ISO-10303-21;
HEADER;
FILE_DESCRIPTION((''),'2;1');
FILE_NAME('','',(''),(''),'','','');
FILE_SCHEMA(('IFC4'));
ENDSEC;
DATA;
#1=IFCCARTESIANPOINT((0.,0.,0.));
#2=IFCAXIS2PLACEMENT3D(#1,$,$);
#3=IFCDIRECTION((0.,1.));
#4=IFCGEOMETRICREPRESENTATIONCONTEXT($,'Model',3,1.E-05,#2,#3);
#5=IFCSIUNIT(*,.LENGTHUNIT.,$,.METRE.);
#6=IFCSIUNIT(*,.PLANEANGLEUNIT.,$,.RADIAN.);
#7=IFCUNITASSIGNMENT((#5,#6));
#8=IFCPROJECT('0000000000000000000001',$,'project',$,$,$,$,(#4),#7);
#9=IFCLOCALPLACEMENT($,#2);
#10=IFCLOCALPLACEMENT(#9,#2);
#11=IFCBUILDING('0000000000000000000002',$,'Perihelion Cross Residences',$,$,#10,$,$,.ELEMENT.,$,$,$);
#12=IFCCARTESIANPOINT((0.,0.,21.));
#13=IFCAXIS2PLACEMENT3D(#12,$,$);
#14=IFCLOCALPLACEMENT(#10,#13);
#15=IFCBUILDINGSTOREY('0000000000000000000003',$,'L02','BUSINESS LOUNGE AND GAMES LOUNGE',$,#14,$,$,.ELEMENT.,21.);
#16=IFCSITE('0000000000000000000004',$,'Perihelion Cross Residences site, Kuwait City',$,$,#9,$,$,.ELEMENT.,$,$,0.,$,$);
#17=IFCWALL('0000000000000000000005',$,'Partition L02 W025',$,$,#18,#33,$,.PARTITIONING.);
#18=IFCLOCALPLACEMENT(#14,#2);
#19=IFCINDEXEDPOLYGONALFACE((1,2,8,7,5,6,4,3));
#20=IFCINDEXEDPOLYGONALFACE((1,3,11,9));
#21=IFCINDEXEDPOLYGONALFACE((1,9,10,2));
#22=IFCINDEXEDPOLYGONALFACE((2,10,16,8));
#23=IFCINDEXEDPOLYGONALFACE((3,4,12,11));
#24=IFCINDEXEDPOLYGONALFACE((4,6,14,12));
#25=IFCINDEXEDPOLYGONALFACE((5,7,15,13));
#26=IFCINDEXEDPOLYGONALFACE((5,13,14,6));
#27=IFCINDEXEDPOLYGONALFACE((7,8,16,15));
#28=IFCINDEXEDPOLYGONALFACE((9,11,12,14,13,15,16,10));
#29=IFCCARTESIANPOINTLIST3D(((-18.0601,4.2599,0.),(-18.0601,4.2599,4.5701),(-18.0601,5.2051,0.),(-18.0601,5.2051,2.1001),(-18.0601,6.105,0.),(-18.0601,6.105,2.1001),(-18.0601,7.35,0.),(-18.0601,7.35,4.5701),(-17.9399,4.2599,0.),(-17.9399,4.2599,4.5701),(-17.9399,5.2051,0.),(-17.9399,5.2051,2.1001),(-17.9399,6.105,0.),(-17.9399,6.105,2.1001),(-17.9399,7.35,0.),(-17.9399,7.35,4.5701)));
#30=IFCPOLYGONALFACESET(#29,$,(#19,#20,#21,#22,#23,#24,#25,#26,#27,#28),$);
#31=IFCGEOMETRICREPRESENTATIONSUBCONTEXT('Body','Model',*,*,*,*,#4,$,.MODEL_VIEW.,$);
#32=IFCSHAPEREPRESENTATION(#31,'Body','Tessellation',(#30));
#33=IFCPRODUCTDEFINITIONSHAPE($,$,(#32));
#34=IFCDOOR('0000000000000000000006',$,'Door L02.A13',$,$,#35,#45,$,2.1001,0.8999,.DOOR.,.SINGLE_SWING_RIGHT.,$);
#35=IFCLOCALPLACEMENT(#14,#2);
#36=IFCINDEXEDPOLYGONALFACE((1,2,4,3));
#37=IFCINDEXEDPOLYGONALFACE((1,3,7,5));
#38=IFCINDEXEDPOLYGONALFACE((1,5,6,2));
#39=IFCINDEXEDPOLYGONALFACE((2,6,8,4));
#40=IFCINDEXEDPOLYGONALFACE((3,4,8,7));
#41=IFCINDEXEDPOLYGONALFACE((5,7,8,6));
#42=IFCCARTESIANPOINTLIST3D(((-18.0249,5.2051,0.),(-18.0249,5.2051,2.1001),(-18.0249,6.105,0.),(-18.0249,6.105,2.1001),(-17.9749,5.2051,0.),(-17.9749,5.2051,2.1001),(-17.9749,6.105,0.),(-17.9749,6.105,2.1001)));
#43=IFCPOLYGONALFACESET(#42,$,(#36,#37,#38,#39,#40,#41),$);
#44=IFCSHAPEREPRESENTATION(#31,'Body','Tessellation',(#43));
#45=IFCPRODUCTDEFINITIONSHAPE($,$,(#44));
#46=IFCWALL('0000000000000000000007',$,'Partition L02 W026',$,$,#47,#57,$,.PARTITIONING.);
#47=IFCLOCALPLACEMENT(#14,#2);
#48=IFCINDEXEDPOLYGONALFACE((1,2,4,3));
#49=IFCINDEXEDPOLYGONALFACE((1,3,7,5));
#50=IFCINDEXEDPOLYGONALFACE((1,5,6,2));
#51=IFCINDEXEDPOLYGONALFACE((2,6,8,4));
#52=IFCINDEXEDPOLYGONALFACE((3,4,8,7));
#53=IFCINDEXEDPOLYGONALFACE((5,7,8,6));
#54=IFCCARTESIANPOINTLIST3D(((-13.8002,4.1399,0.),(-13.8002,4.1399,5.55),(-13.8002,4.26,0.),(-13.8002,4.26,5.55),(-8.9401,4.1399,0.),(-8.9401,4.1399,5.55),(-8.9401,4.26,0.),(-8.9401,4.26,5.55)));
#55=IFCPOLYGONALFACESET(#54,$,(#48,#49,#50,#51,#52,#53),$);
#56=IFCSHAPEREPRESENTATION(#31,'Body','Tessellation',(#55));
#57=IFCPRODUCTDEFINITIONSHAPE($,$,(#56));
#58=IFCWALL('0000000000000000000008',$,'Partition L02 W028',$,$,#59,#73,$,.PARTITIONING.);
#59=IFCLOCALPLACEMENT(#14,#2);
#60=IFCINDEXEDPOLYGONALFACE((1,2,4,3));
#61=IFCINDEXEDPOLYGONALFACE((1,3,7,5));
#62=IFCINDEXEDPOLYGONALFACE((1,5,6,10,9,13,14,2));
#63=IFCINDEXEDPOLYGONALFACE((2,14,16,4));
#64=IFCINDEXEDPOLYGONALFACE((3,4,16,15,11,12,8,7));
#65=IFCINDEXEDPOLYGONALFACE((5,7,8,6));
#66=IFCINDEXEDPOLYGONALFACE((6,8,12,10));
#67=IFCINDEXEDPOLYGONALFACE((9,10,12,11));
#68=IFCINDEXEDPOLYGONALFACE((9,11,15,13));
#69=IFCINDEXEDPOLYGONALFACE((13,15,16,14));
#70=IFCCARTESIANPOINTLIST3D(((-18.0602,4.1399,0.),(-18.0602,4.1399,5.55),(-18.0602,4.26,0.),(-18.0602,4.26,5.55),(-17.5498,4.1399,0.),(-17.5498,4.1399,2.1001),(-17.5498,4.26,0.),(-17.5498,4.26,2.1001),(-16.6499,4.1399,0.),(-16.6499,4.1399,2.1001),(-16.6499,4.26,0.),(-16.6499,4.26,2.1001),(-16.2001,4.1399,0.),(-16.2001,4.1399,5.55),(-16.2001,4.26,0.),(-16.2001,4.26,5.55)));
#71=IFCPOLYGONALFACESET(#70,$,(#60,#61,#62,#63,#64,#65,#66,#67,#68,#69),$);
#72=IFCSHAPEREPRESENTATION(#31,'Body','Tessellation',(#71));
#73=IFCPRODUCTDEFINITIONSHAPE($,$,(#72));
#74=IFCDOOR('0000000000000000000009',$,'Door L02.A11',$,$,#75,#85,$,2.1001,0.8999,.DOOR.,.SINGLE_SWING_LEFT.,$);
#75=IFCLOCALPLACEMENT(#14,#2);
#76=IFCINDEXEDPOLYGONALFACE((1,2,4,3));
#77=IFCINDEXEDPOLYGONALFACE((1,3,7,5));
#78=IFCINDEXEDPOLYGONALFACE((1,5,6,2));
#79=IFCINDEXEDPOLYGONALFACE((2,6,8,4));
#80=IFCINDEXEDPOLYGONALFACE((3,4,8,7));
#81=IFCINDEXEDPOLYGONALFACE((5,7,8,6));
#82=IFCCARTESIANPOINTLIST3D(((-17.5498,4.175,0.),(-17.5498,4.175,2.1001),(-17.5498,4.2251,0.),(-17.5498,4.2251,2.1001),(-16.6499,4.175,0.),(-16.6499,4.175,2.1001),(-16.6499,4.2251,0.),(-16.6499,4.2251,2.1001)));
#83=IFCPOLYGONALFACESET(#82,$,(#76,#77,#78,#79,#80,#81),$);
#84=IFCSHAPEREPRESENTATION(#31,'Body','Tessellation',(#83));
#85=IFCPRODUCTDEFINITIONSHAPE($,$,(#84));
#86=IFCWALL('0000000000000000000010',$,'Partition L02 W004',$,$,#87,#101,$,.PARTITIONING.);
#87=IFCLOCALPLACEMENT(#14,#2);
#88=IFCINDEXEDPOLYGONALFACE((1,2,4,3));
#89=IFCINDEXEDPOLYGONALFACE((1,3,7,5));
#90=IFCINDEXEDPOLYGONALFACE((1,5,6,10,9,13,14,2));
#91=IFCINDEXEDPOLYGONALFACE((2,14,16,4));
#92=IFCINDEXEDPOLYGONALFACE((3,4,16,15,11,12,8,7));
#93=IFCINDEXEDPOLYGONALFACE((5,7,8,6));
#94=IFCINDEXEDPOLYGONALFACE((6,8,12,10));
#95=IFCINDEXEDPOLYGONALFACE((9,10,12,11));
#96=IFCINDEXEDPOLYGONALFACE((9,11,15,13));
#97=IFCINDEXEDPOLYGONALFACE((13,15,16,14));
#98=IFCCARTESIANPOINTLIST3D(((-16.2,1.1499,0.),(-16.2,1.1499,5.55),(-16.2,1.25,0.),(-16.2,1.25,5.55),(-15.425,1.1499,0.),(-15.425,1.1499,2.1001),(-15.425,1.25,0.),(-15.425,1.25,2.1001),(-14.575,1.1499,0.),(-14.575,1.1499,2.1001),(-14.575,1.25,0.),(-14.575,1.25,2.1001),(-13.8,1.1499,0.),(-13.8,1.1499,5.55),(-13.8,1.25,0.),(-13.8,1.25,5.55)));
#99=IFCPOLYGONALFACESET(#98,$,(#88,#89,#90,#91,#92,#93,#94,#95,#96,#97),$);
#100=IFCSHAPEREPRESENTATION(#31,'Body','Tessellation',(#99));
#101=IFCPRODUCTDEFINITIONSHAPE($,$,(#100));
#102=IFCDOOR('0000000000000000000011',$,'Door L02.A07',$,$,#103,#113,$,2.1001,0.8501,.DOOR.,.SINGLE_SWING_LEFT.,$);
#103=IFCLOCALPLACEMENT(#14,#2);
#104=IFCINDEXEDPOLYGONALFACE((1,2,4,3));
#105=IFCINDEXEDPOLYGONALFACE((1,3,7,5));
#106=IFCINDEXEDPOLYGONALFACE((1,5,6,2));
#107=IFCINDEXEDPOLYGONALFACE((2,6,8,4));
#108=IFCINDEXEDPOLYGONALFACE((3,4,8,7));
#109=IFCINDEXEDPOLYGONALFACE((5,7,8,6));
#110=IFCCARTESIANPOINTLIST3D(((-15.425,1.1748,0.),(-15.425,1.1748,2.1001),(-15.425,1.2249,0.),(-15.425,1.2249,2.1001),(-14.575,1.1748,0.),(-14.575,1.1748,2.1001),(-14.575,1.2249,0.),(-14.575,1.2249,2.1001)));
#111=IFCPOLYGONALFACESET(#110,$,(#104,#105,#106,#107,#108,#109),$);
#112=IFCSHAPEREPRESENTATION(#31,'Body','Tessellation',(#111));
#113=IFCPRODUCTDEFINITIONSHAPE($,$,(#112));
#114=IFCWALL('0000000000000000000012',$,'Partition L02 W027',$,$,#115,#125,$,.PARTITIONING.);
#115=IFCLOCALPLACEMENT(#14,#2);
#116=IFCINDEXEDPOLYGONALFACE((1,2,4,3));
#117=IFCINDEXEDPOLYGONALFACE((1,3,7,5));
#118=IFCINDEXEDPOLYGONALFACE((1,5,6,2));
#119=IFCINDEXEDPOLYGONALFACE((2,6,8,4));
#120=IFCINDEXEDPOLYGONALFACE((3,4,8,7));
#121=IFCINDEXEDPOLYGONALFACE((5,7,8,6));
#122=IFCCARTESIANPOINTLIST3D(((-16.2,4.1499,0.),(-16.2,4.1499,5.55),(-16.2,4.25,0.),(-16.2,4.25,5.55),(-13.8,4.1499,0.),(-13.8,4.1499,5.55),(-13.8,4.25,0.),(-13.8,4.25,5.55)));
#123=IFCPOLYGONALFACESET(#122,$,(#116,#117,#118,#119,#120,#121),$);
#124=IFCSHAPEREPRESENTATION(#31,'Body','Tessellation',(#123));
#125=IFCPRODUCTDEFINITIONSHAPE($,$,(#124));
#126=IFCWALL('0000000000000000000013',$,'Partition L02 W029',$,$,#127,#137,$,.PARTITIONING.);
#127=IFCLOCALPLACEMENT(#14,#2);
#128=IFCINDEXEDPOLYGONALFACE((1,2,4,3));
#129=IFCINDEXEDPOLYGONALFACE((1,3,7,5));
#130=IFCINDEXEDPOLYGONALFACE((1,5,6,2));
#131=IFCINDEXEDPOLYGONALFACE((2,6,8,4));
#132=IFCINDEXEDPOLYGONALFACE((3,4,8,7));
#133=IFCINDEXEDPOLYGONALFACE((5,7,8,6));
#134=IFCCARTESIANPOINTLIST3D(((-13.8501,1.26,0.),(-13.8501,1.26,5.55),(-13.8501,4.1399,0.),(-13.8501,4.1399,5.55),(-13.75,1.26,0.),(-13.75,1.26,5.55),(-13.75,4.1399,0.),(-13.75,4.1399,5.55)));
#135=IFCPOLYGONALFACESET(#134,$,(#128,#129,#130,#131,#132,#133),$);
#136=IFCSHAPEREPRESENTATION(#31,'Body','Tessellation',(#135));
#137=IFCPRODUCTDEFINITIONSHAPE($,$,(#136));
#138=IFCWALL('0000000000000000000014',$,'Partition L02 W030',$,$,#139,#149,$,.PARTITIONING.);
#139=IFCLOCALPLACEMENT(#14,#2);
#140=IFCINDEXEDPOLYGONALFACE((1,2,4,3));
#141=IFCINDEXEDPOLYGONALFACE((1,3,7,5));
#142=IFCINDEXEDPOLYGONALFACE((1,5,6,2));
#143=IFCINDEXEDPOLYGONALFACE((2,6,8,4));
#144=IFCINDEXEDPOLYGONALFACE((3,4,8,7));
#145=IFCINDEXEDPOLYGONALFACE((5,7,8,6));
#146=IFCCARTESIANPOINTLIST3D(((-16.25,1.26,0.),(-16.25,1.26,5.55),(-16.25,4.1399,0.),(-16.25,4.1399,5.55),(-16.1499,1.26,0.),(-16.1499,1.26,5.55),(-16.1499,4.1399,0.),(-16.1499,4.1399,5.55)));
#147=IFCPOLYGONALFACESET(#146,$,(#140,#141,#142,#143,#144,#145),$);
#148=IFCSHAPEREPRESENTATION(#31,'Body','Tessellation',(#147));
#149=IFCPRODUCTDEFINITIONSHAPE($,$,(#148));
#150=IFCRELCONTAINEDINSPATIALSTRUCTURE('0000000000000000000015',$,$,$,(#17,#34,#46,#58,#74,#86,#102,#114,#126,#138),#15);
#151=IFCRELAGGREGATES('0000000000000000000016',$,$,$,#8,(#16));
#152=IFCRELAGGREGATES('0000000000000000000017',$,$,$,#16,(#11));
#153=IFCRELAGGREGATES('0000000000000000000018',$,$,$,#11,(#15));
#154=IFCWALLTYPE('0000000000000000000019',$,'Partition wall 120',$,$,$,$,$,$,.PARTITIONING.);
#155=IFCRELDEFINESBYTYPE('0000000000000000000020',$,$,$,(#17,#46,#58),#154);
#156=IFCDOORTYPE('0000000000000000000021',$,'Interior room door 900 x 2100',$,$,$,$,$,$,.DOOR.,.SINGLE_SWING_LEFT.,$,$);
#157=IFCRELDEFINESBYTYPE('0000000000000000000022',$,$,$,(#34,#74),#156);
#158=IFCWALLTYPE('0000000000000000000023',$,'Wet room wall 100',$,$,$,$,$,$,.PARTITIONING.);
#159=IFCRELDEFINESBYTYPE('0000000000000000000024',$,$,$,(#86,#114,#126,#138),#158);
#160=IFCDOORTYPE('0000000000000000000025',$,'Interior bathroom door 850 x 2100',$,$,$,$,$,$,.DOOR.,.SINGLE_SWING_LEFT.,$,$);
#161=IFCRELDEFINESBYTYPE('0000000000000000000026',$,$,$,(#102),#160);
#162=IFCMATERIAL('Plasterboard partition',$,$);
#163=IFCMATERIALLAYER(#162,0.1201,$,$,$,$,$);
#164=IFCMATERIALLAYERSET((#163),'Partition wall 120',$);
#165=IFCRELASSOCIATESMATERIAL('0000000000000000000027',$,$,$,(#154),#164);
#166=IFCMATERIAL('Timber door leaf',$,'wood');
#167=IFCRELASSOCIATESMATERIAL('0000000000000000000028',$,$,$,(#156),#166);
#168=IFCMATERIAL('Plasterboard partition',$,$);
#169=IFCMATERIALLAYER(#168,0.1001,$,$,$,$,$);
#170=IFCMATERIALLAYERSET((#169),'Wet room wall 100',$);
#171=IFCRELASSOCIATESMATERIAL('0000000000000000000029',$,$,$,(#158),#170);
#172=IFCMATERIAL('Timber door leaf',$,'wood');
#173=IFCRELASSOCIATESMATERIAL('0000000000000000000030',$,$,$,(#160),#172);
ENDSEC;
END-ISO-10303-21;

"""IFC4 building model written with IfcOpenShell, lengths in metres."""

from ifc_helpers import new_model, si_unit, direction, frame, frame_2d, origin, place, context, subcontext, project, spatial, rectangle, extrude, material, layer, layer_set, type_object, element, fill, save


model = new_model("IFC4")

# Units and contexts
model_context = context("Model", 3, precision=1e-05, world=origin(), true_north=direction((0.0, 1.0)))
body_context = subcontext(model_context, "Body", "Model", "MODEL_VIEW")
ifc_project = project(units=[si_unit("LENGTHUNIT", "METRE"), si_unit("PLANEANGLEUNIT", "RADIAN")], contexts=[model_context])

# Site, building, storey
site_placement = place(None, origin())
site = spatial("IfcSite", under=ifc_project, at=site_placement, Name="Perihelion Cross Residences site, Kuwait City", CompositionType="ELEMENT", RefElevation=0.0)
building_placement = place(site_placement, origin())
building = spatial("IfcBuilding", under=site, at=building_placement, Name="Perihelion Cross Residences", CompositionType="ELEMENT")
storey_placement = place(building_placement, frame((0.0, 0.0, 21.0)))
storey = spatial("IfcBuildingStorey", under=building, at=storey_placement, Name="L02", Description="BUSINESS LOUNGE AND GAMES LOUNGE", CompositionType="ELEMENT", Elevation=21.0)

# Shared definitions
ifc_material_1 = material(Name="Plasterboard partition")
ifc_layer_1 = layer(ifc_material_1, 0.1201)
ifc_layer_set_1 = layer_set([ifc_layer_1], Name="Partition wall 120")
wall_type_1 = type_object("IfcWallType", Name="Partition wall 120", PredefinedType="PARTITIONING", material=ifc_layer_set_1)
ifc_material_2 = material(Name="Timber door leaf", Category="wood")
door_type_1 = type_object("IfcDoorType", Name="Interior room door 900 x 2100", OperationType="SINGLE_SWING_LEFT", PredefinedType="DOOR", material=ifc_material_2)

# Wall, opening, door
wall_1_placement = place(storey_placement, frame((-18.0, 4.26, 0.0), z_axis=(0.0, 0.0, 1.0), x_axis=(0.0, 1.0, 0.0)))
wall_1 = element("IfcWall", 1, at=wall_1_placement, inside=storey, type_object=wall_type_1, Name="Partition L02 W025", PredefinedType="PARTITIONING", context=body_context, shape_type="SweptSolid", body=[
    extrude(rectangle(XDim=3.0901, YDim=0.1201, at=frame_2d((1.5449, 0.0))), origin(), (0.0, 0.0, 1.0), 4.5701),
])
opening_1_placement = place(wall_1_placement, frame((0.9451, 0.0, 0.0)))
opening_1 = element("IfcOpeningElement", 2, at=opening_1_placement, cuts=wall_1, PredefinedType="OPENING", context=body_context, shape_type="SweptSolid", body=[
    extrude(rectangle(XDim=0.8999, YDim=2.1001, at=frame_2d((0.45, 1.05))), frame((0.0, 0.0701, 0.0), z_axis=(0.0, -1.0, 0.0), x_axis=(1.0, 0.0, 0.0)), (0.0, 0.0, 1.0), 0.1401),
])
door_1_placement = place(opening_1_placement, origin())
door_1 = element("IfcDoor", 3, at=door_1_placement, inside=storey, type_object=door_type_1, Name="Door L02.A13", OperationType="SINGLE_SWING_RIGHT", OverallHeight=2.1001, OverallWidth=0.8999, PredefinedType="DOOR", context=body_context, shape_type="SweptSolid", body=[
    extrude(rectangle(XDim=0.8999, YDim=2.1001, at=frame_2d((0.45, 1.05))), frame((0.0, 0.0249, 0.0), z_axis=(0.0, -1.0, 0.0), x_axis=(1.0, 0.0, 0.0)), (0.0, 0.0, 1.0), 0.05),
])
fill(opening_1, door_1)

# Wall
wall_2_placement = place(storey_placement, frame((-8.9399, 4.2, 0.0), z_axis=(0.0, 0.0, 1.0), x_axis=(-1.0, 0.0, 0.0)))
element("IfcWall", 4, at=wall_2_placement, inside=storey, type_object=wall_type_1, Name="Partition L02 W026", PredefinedType="PARTITIONING", context=body_context, shape_type="SweptSolid", body=[
    extrude(rectangle(XDim=4.8601, YDim=0.1201, at=frame_2d((2.4302, 0.0))), origin(), (0.0, 0.0, 1.0), 5.55),
])

# Walls, openings, doors
wall_3_placement = place(storey_placement, frame((-16.2, 4.2, 0.0), z_axis=(0.0, 0.0, 1.0), x_axis=(-1.0, 0.0, 0.0)))
wall_3 = element("IfcWall", 5, at=wall_3_placement, inside=storey, type_object=wall_type_1, Name="Partition L02 W028", PredefinedType="PARTITIONING", context=body_context, shape_type="SweptSolid", body=[
    extrude(rectangle(XDim=1.8601, YDim=0.1201, at=frame_2d((0.9302, 0.0))), origin(), (0.0, 0.0, 1.0), 5.55),
])
opening_2_placement = place(wall_3_placement, frame((0.45, 0.0, 0.0)))
opening_2 = element("IfcOpeningElement", 6, at=opening_2_placement, cuts=wall_3, PredefinedType="OPENING", context=body_context, shape_type="SweptSolid", body=[
    extrude(rectangle(XDim=0.8999, YDim=2.1001, at=frame_2d((0.45, 1.05))), frame((0.0, 0.0701, 0.0), z_axis=(0.0, -1.0, 0.0), x_axis=(1.0, 0.0, 0.0)), (0.0, 0.0, 1.0), 0.1401),
])
door_2_placement = place(opening_2_placement, origin())
door_2 = element("IfcDoor", 7, at=door_2_placement, inside=storey, type_object=door_type_1, Name="Door L02.A11", OperationType="SINGLE_SWING_LEFT", OverallHeight=2.1001, OverallWidth=0.8999, PredefinedType="DOOR", context=body_context, shape_type="SweptSolid", body=[
    extrude(rectangle(XDim=0.8999, YDim=2.1001, at=frame_2d((0.45, 1.05))), frame((0.0, 0.0249, 0.0), z_axis=(0.0, -1.0, 0.0), x_axis=(1.0, 0.0, 0.0)), (0.0, 0.0, 1.0), 0.05),
])
fill(opening_2, door_2)
ifc_material_3 = material(Name="Plasterboard partition")
ifc_layer_2 = layer(ifc_material_3, 0.1001)
ifc_layer_set_2 = layer_set([ifc_layer_2], Name="Wet room wall 100")
wall_type_2 = type_object("IfcWallType", Name="Wet room wall 100", PredefinedType="PARTITIONING", material=ifc_layer_set_2)
wall_4_placement = place(storey_placement, frame((-16.2, 1.2, 0.0), z_axis=(0.0, 0.0, 1.0), x_axis=(1.0, 0.0, 0.0)))
wall_4 = element("IfcWall", 8, at=wall_4_placement, inside=storey, type_object=wall_type_2, Name="Partition L02 W004", PredefinedType="PARTITIONING", context=body_context, shape_type="SweptSolid", body=[
    extrude(rectangle(XDim=2.3999, YDim=0.1001, at=frame_2d((1.2, 0.0))), origin(), (0.0, 0.0, 1.0), 5.55),
])
opening_3_placement = place(wall_4_placement, frame((0.7749, 0.0, 0.0)))
opening_3 = element("IfcOpeningElement", 9, at=opening_3_placement, cuts=wall_4, PredefinedType="OPENING", context=body_context, shape_type="SweptSolid", body=[
    extrude(rectangle(XDim=0.8501, YDim=2.1001, at=frame_2d((0.425, 1.05))), frame((0.0, 0.0601, 0.0), z_axis=(0.0, -1.0, 0.0), x_axis=(1.0, 0.0, 0.0)), (0.0, 0.0, 1.0), 0.1201),
])
ifc_material_4 = material(Name="Timber door leaf", Category="wood")
door_type_2 = type_object("IfcDoorType", Name="Interior bathroom door 850 x 2100", OperationType="SINGLE_SWING_LEFT", PredefinedType="DOOR", material=ifc_material_4)
door_3_placement = place(opening_3_placement, origin())
door_3 = element("IfcDoor", 10, at=door_3_placement, inside=storey, type_object=door_type_2, Name="Door L02.A07", OperationType="SINGLE_SWING_LEFT", OverallHeight=2.1001, OverallWidth=0.8501, PredefinedType="DOOR", context=body_context, shape_type="SweptSolid", body=[
    extrude(rectangle(XDim=0.8501, YDim=2.1001, at=frame_2d((0.425, 1.05))), frame((0.0, 0.0249, 0.0), z_axis=(0.0, -1.0, 0.0), x_axis=(1.0, 0.0, 0.0)), (0.0, 0.0, 1.0), 0.05),
])
fill(opening_3, door_3)

# Walls
wall_5_placement = place(storey_placement, frame((-13.8, 4.2, 0.0), z_axis=(0.0, 0.0, 1.0), x_axis=(-1.0, 0.0, 0.0)))
element("IfcWall", 11, at=wall_5_placement, inside=storey, type_object=wall_type_2, Name="Partition L02 W027", PredefinedType="PARTITIONING", context=body_context, shape_type="SweptSolid", body=[
    extrude(rectangle(XDim=2.3999, YDim=0.1001, at=frame_2d((1.2, 0.0))), origin(), (0.0, 0.0, 1.0), 5.55),
])
for number, where, z_axis, x_axis, name in (
    (12, (-13.8, 1.26, 0.0), (0.0, 0.0, 1.0), (0.0, 1.0, 0.0), "Partition L02 W029"),
    (13, (-16.2, 1.26, 0.0), (0.0, 0.0, 1.0), (0.0, 1.0, 0.0), "Partition L02 W030"),
):
    element("IfcWall", number, at=place(storey_placement, frame(where, z_axis=z_axis, x_axis=x_axis)), inside=storey, type_object=wall_type_2, Name=name, PredefinedType="PARTITIONING", context=body_context, shape_type="SweptSolid", body=[
        extrude(rectangle(XDim=2.8799, YDim=0.1001, at=frame_2d((1.4399, 0.0))), origin(), (0.0, 0.0, 1.0), 5.55),
    ])

save(model, "model.ifc")
